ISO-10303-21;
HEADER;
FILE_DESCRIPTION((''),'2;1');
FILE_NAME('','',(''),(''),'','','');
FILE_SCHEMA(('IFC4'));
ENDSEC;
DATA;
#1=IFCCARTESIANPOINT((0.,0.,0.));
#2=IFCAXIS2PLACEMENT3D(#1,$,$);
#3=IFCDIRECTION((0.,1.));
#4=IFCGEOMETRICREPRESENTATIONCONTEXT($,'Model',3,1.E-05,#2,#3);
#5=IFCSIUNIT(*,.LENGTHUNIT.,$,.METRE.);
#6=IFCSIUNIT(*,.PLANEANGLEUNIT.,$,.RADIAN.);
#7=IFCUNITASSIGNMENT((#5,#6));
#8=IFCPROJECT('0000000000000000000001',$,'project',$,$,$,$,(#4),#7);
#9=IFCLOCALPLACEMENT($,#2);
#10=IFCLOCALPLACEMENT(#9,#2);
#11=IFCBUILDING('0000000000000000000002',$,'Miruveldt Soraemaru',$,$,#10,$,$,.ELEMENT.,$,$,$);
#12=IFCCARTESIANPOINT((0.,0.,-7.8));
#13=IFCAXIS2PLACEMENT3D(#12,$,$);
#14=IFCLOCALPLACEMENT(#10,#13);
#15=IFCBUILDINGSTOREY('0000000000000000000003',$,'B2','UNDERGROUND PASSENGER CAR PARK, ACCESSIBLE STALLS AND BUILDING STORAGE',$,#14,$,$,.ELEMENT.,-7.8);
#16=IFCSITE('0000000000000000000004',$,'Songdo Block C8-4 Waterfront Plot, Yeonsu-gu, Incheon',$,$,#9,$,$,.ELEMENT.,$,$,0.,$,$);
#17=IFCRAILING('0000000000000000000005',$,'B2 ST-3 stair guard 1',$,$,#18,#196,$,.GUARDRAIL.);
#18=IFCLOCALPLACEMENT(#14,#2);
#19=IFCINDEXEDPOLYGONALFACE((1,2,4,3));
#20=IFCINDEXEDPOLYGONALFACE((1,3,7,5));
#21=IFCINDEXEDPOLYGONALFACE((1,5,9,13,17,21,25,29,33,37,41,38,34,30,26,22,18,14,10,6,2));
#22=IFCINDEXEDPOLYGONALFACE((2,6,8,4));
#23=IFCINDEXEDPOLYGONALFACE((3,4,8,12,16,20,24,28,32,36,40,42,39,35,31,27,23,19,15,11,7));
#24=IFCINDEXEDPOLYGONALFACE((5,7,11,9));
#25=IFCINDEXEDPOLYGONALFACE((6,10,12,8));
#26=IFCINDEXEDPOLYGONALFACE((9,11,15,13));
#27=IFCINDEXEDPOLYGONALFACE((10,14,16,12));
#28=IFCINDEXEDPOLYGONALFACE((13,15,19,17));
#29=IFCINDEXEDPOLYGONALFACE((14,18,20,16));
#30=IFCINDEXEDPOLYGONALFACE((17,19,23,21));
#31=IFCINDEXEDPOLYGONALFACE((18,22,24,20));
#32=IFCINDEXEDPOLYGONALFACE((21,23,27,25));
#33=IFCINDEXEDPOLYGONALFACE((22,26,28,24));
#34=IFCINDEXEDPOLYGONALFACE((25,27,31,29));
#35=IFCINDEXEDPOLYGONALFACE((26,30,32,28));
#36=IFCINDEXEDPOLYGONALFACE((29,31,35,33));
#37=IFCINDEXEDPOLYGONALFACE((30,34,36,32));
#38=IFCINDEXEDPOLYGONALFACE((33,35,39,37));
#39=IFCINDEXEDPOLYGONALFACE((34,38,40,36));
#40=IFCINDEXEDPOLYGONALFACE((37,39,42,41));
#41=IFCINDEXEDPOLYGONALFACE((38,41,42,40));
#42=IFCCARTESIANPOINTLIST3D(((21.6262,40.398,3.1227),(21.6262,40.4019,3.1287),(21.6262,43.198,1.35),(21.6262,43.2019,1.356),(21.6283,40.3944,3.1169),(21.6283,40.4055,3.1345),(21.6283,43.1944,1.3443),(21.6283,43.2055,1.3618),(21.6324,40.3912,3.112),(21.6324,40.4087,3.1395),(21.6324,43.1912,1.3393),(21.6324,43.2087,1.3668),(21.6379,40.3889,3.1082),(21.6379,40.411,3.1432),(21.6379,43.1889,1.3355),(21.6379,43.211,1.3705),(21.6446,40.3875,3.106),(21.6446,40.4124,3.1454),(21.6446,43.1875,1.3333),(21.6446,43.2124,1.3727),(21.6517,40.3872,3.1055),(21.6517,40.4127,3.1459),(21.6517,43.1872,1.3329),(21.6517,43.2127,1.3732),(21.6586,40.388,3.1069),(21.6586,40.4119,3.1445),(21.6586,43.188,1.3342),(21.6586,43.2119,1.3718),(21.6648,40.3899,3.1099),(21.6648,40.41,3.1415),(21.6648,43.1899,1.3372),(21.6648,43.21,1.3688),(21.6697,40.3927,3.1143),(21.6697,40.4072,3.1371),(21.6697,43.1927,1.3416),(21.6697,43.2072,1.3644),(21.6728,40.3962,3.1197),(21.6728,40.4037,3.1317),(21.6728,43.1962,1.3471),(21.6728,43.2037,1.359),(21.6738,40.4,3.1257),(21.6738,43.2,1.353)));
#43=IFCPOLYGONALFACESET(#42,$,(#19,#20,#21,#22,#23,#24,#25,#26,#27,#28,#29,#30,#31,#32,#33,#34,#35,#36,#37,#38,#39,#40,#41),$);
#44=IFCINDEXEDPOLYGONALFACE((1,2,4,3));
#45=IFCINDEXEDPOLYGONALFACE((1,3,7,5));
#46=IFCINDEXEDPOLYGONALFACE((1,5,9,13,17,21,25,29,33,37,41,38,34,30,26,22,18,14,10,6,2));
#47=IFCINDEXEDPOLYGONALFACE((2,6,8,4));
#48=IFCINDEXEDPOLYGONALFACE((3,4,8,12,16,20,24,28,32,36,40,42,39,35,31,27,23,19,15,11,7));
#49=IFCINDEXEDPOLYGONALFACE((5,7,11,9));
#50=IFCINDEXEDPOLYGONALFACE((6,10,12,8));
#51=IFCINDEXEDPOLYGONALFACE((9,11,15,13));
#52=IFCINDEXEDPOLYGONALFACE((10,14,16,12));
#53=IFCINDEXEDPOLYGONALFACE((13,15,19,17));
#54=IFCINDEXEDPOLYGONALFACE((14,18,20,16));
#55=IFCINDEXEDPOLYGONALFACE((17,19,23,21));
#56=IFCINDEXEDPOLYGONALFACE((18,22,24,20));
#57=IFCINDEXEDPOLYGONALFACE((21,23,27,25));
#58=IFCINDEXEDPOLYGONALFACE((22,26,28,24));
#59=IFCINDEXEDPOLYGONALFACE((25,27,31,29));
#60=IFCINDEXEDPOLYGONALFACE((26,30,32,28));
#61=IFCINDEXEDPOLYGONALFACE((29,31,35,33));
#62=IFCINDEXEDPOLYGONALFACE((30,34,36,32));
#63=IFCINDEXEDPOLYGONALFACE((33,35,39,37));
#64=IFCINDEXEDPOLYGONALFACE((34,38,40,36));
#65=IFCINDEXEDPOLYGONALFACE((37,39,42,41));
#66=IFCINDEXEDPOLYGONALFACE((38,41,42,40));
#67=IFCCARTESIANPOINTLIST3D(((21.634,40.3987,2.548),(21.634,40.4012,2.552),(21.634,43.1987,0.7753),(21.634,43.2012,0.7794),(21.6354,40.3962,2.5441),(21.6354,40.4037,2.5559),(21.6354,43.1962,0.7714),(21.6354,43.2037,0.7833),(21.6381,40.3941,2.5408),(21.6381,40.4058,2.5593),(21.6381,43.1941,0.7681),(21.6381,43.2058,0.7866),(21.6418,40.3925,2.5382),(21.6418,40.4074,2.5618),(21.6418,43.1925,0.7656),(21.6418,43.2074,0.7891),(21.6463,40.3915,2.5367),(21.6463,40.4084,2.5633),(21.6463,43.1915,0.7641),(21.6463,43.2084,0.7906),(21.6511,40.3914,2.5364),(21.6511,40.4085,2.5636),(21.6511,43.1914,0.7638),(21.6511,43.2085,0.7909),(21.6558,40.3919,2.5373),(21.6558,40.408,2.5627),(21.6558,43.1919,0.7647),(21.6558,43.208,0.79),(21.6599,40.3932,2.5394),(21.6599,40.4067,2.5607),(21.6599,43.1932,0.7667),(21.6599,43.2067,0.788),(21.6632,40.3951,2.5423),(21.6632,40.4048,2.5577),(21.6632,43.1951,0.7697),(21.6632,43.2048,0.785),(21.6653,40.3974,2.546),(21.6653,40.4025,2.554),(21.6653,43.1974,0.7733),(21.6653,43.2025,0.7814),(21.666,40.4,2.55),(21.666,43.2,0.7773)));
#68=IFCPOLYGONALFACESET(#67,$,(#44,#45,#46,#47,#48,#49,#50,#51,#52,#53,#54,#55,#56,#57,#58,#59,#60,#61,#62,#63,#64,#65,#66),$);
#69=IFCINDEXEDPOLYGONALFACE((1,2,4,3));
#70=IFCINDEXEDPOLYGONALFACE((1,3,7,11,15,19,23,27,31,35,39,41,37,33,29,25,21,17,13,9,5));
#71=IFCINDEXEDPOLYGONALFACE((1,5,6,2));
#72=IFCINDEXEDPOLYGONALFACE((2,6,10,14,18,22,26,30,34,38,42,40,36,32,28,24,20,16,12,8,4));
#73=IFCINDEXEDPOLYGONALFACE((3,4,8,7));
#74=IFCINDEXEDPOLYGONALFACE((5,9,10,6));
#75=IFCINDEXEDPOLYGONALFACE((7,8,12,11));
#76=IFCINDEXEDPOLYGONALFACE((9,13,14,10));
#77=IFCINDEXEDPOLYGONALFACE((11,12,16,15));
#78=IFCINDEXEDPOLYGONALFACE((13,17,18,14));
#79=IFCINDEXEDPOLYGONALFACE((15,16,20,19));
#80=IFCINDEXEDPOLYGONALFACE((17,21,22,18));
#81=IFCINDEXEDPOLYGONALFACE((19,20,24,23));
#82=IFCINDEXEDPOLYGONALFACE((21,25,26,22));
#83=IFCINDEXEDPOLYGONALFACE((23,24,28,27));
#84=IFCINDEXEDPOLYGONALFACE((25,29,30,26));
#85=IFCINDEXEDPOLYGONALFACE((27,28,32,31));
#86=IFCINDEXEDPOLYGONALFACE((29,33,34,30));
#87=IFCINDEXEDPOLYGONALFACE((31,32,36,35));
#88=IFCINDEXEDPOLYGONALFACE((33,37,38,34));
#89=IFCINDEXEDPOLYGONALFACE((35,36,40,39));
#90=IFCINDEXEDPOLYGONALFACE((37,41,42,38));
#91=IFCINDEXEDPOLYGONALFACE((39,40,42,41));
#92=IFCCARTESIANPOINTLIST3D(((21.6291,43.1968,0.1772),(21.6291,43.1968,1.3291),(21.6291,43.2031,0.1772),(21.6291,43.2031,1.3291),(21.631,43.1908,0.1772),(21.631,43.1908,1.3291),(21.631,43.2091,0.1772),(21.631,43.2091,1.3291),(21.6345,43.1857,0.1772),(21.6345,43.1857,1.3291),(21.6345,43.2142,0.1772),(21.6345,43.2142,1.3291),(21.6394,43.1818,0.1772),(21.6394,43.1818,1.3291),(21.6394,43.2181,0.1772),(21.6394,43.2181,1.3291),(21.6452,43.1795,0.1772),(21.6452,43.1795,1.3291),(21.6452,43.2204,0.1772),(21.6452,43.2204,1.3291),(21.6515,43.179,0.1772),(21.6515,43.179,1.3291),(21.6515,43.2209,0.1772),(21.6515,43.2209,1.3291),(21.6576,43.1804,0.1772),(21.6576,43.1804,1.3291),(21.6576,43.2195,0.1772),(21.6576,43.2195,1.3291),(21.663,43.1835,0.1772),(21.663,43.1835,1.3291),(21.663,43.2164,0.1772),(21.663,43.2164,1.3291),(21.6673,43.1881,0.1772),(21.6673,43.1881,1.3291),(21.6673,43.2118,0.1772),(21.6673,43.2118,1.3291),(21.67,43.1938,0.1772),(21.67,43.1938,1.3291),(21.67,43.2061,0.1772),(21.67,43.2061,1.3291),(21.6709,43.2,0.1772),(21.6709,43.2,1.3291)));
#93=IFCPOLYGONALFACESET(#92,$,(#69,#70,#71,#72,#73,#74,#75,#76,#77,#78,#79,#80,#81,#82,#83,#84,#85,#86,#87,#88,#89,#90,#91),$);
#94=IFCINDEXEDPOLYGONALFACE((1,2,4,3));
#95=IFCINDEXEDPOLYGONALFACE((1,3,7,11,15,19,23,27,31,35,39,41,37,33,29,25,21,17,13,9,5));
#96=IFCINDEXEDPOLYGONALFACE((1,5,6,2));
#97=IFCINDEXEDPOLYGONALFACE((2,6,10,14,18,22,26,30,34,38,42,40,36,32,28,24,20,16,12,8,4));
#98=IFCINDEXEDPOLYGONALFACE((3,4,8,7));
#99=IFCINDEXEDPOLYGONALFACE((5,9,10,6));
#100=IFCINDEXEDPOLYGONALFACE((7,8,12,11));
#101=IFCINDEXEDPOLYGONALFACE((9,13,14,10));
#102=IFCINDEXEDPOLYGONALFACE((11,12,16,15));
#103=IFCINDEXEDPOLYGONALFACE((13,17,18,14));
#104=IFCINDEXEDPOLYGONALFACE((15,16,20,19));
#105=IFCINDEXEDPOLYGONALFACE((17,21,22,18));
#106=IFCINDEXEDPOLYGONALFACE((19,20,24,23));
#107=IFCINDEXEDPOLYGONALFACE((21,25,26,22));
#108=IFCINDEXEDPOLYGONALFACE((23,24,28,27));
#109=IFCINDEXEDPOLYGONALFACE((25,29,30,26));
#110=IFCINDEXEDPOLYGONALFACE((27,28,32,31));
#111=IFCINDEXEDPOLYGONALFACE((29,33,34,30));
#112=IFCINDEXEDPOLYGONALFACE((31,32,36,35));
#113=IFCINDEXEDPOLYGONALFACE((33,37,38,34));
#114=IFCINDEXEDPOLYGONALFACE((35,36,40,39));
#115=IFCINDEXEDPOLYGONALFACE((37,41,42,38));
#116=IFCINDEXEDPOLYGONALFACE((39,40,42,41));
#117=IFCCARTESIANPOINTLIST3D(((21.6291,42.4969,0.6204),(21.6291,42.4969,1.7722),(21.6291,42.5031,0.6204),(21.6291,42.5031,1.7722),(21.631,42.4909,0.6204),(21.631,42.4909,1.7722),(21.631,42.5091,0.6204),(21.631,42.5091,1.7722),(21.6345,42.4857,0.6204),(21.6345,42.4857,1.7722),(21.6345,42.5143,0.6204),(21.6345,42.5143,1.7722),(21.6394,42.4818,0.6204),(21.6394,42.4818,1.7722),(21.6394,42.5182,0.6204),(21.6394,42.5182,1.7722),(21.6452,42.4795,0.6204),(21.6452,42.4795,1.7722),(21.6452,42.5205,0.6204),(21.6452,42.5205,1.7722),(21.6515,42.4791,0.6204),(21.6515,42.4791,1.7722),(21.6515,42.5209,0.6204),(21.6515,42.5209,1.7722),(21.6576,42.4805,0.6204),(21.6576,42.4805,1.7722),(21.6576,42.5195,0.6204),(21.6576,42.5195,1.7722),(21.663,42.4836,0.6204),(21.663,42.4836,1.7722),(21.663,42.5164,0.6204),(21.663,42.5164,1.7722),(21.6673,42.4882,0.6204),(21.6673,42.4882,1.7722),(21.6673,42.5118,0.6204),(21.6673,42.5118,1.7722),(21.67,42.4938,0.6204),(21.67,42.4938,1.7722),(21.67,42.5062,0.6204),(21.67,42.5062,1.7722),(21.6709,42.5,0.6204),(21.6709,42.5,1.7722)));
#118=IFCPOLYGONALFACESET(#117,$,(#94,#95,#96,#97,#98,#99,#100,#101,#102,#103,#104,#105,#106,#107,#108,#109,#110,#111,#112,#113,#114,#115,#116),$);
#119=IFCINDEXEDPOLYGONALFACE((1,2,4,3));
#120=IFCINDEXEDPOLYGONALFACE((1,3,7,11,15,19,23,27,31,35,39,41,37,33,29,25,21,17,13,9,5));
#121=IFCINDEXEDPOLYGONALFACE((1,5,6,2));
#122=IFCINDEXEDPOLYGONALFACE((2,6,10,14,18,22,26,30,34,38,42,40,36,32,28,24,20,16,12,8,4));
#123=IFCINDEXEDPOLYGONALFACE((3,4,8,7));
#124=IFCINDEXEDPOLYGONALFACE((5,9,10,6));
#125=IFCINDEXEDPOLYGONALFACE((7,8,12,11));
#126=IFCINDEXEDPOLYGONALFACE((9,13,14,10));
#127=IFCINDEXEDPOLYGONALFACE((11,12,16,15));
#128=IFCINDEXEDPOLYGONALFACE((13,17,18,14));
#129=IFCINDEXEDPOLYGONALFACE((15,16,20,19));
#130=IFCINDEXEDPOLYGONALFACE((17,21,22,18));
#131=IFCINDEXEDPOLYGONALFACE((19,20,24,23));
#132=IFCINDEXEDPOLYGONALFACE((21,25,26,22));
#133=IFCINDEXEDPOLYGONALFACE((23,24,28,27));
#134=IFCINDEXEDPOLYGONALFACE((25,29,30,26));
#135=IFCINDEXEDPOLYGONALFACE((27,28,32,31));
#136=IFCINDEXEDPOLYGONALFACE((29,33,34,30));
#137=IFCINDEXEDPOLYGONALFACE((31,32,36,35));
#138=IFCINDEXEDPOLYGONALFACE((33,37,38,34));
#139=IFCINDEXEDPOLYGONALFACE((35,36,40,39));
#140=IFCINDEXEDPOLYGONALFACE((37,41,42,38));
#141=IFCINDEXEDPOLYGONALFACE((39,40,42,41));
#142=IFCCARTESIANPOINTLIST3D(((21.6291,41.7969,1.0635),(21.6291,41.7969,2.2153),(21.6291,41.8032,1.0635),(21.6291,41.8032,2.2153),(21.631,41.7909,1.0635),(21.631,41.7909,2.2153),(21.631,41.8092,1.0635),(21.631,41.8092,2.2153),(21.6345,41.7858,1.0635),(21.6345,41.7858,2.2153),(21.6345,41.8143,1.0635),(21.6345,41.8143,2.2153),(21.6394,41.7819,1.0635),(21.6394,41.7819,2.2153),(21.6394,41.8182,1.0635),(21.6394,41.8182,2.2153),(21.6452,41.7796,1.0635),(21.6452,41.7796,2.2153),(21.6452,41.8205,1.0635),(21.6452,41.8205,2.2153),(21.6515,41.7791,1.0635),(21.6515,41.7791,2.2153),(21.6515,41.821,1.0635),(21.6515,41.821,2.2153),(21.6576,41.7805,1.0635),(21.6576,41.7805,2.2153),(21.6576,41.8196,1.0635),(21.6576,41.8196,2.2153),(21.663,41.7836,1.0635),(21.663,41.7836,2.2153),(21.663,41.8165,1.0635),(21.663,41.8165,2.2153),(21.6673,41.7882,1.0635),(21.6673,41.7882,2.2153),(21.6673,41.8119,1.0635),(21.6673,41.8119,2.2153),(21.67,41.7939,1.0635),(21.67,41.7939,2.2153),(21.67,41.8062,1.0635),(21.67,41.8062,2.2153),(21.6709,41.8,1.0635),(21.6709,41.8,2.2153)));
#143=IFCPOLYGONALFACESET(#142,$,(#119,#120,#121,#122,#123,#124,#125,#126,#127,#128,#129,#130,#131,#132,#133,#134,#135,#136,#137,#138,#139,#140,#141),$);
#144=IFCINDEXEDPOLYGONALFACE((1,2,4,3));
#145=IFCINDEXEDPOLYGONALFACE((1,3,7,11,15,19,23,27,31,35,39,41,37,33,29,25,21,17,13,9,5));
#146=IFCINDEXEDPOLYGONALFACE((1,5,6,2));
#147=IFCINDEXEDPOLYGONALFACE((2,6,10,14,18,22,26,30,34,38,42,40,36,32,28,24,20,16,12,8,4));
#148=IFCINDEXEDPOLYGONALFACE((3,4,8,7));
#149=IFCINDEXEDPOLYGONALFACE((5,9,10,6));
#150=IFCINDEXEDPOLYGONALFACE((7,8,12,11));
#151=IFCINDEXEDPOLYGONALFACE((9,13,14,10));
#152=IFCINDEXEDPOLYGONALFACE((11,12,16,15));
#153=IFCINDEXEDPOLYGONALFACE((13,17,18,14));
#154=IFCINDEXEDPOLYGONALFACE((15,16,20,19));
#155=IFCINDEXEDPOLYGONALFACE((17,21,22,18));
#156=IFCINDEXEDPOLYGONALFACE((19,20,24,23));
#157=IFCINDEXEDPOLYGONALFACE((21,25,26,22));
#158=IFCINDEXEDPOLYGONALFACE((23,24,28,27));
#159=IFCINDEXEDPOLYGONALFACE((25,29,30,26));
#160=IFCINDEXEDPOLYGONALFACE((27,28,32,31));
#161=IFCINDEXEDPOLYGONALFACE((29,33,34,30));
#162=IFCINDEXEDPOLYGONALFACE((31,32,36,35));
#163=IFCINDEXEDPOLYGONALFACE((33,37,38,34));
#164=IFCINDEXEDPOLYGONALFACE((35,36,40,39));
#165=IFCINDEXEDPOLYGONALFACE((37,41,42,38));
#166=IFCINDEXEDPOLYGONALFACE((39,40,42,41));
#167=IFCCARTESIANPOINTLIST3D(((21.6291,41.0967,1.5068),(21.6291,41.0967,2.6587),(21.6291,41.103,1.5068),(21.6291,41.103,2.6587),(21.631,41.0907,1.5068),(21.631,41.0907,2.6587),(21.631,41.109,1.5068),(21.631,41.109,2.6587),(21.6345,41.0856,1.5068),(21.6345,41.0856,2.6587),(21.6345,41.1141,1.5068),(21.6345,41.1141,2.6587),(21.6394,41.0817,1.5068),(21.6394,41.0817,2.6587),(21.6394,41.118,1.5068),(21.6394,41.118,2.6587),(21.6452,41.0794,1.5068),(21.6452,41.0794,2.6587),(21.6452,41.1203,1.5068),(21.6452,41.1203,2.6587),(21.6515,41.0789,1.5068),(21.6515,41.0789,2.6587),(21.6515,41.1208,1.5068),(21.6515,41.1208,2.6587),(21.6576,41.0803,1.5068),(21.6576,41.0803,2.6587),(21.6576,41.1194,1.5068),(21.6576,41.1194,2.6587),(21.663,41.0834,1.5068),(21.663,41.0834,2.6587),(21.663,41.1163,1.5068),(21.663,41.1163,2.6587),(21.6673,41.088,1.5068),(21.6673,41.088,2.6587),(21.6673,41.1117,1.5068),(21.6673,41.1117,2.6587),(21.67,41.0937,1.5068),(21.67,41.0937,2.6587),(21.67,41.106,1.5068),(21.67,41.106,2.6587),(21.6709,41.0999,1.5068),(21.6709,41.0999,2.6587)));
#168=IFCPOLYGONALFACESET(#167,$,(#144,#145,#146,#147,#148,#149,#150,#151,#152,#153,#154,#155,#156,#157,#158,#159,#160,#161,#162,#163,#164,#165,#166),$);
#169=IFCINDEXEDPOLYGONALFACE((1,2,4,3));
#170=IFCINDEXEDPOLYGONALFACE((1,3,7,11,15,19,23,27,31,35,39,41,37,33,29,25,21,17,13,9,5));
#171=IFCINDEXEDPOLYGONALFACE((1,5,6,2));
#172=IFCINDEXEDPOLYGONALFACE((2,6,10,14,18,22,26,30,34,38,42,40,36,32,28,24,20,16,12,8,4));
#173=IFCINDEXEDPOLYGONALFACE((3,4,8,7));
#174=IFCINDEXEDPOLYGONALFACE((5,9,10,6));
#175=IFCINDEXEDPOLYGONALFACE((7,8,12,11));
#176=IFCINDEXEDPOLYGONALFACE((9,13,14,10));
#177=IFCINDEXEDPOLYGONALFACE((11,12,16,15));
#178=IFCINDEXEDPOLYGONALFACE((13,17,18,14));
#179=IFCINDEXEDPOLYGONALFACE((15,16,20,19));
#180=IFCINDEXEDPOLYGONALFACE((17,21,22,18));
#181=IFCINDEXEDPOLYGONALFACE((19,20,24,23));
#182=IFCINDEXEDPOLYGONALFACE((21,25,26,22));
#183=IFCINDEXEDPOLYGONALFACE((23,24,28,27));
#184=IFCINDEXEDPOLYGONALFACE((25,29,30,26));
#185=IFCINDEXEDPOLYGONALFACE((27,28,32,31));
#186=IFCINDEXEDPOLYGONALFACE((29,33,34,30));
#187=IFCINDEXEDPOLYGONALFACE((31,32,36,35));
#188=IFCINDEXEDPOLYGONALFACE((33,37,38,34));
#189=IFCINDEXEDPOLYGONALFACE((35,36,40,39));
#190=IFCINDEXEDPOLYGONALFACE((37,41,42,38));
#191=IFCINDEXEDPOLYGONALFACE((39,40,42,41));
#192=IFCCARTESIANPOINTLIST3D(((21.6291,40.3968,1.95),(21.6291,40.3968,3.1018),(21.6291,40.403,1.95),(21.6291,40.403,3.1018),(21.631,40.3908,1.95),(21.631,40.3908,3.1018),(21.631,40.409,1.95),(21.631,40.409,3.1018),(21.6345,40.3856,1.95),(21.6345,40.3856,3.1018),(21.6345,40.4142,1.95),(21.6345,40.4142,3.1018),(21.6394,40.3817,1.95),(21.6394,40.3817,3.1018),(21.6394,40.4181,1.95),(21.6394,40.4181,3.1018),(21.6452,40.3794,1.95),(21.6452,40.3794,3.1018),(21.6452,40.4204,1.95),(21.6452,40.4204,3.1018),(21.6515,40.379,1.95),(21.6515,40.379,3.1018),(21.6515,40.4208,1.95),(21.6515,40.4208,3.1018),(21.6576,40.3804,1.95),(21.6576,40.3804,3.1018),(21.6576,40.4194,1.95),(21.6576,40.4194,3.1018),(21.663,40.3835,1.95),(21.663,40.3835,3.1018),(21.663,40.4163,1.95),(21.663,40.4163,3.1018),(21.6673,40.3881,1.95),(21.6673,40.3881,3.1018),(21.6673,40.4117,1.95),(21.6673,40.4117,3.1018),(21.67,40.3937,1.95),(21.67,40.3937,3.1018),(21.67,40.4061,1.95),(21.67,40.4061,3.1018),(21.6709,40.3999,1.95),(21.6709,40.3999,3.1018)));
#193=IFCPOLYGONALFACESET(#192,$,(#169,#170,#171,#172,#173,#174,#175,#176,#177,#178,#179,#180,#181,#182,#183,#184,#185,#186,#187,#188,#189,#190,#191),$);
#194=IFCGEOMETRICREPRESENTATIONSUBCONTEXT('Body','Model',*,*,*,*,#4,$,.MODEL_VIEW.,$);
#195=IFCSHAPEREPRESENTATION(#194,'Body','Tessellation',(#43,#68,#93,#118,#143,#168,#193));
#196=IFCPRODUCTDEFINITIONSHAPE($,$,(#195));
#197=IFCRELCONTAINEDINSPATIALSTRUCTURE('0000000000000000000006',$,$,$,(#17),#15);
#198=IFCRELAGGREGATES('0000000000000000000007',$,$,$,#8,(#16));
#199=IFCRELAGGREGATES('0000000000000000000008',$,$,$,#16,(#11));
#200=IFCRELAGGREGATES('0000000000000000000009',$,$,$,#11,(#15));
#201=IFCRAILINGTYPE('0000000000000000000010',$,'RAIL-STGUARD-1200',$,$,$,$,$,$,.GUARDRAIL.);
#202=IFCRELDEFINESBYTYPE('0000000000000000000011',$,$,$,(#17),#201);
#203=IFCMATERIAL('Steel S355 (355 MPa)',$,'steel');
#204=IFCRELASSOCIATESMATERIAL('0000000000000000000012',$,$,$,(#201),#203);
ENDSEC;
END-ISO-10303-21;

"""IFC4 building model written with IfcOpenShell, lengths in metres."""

from ifc_helpers import new_model, si_unit, direction, frame, origin, origin_2d, place, context, subcontext, project, spatial, circle, extrude, material, type_object, element, save


model = new_model("IFC4")

# Units and contexts
model_context = context("Model", 3, precision=1e-05, world=origin(), true_north=direction((0.0, 1.0)))
body_context = subcontext(model_context, "Body", "Model", "MODEL_VIEW")
ifc_project = project(units=[si_unit("LENGTHUNIT", "METRE"), si_unit("PLANEANGLEUNIT", "RADIAN")], contexts=[model_context])

# Site, building, storey
site_placement = place(None, origin())
site = spatial("IfcSite", under=ifc_project, at=site_placement, Name="Songdo Block C8-4 Waterfront Plot, Yeonsu-gu, Incheon", CompositionType="ELEMENT", RefElevation=0.0)
building_placement = place(site_placement, origin())
building = spatial("IfcBuilding", under=site, at=building_placement, Name="Miruveldt Soraemaru", CompositionType="ELEMENT")
storey_placement = place(building_placement, frame((0.0, 0.0, -7.8)))
storey = spatial("IfcBuildingStorey", under=building, at=storey_placement, Name="B2", Description="UNDERGROUND PASSENGER CAR PARK, ACCESSIBLE STALLS AND BUILDING STORAGE", CompositionType="ELEMENT", Elevation=-7.8)

# Railing
ifc_material_1 = material(Name="Steel S355 (355 MPa)", Category="steel")
railing_type_1 = type_object("IfcRailingType", Name="RAIL-STGUARD-1200", PredefinedType="GUARDRAIL", material=ifc_material_1)
railing_1_placement = place(storey_placement, frame((21.6499, 43.2, 0.1772)))
element("IfcRailing", 1, at=railing_1_placement, inside=storey, type_object=railing_type_1, Name="B2 ST-3 stair guard 1", PredefinedType="GUARDRAIL", context=body_context, shape_type="SweptSolid", body=[
    extrude(circle(Radius=0.0239, at=origin_2d()), frame((0.0, 0.0, 1.1758), z_axis=(0.0, -0.844909, 0.53491), x_axis=(1.0, 0.0, 0.0)), (0.0, 0.0, 1.0), 3.314),
    extrude(circle(Radius=0.0161, at=origin_2d()), frame((0.0, 0.0, 0.6001), z_axis=(0.0, -0.844909, 0.53491), x_axis=(1.0, 0.0, 0.0)), (0.0, 0.0, 1.0), 3.314),
    extrude(circle(Radius=0.021, at=origin_2d()), origin(), (0.0, 0.0, 1.0), 1.1519),
    extrude(circle(Radius=0.021, at=origin_2d()), frame((0.0, -0.7, 0.4431)), (0.0, 0.0, 1.0), 1.1519),
    extrude(circle(Radius=0.021, at=origin_2d()), frame((0.0, -1.3999, 0.8862)), (0.0, 0.0, 1.0), 1.1519),
    extrude(circle(Radius=0.021, at=origin_2d()), frame((0.0, -2.1001, 1.3296)), (0.0, 0.0, 1.0), 1.1519),
    extrude(circle(Radius=0.021, at=origin_2d()), frame((0.0, -2.8, 1.7727)), (0.0, 0.0, 1.0), 1.1519),
])

save(model, "model.ifc")
